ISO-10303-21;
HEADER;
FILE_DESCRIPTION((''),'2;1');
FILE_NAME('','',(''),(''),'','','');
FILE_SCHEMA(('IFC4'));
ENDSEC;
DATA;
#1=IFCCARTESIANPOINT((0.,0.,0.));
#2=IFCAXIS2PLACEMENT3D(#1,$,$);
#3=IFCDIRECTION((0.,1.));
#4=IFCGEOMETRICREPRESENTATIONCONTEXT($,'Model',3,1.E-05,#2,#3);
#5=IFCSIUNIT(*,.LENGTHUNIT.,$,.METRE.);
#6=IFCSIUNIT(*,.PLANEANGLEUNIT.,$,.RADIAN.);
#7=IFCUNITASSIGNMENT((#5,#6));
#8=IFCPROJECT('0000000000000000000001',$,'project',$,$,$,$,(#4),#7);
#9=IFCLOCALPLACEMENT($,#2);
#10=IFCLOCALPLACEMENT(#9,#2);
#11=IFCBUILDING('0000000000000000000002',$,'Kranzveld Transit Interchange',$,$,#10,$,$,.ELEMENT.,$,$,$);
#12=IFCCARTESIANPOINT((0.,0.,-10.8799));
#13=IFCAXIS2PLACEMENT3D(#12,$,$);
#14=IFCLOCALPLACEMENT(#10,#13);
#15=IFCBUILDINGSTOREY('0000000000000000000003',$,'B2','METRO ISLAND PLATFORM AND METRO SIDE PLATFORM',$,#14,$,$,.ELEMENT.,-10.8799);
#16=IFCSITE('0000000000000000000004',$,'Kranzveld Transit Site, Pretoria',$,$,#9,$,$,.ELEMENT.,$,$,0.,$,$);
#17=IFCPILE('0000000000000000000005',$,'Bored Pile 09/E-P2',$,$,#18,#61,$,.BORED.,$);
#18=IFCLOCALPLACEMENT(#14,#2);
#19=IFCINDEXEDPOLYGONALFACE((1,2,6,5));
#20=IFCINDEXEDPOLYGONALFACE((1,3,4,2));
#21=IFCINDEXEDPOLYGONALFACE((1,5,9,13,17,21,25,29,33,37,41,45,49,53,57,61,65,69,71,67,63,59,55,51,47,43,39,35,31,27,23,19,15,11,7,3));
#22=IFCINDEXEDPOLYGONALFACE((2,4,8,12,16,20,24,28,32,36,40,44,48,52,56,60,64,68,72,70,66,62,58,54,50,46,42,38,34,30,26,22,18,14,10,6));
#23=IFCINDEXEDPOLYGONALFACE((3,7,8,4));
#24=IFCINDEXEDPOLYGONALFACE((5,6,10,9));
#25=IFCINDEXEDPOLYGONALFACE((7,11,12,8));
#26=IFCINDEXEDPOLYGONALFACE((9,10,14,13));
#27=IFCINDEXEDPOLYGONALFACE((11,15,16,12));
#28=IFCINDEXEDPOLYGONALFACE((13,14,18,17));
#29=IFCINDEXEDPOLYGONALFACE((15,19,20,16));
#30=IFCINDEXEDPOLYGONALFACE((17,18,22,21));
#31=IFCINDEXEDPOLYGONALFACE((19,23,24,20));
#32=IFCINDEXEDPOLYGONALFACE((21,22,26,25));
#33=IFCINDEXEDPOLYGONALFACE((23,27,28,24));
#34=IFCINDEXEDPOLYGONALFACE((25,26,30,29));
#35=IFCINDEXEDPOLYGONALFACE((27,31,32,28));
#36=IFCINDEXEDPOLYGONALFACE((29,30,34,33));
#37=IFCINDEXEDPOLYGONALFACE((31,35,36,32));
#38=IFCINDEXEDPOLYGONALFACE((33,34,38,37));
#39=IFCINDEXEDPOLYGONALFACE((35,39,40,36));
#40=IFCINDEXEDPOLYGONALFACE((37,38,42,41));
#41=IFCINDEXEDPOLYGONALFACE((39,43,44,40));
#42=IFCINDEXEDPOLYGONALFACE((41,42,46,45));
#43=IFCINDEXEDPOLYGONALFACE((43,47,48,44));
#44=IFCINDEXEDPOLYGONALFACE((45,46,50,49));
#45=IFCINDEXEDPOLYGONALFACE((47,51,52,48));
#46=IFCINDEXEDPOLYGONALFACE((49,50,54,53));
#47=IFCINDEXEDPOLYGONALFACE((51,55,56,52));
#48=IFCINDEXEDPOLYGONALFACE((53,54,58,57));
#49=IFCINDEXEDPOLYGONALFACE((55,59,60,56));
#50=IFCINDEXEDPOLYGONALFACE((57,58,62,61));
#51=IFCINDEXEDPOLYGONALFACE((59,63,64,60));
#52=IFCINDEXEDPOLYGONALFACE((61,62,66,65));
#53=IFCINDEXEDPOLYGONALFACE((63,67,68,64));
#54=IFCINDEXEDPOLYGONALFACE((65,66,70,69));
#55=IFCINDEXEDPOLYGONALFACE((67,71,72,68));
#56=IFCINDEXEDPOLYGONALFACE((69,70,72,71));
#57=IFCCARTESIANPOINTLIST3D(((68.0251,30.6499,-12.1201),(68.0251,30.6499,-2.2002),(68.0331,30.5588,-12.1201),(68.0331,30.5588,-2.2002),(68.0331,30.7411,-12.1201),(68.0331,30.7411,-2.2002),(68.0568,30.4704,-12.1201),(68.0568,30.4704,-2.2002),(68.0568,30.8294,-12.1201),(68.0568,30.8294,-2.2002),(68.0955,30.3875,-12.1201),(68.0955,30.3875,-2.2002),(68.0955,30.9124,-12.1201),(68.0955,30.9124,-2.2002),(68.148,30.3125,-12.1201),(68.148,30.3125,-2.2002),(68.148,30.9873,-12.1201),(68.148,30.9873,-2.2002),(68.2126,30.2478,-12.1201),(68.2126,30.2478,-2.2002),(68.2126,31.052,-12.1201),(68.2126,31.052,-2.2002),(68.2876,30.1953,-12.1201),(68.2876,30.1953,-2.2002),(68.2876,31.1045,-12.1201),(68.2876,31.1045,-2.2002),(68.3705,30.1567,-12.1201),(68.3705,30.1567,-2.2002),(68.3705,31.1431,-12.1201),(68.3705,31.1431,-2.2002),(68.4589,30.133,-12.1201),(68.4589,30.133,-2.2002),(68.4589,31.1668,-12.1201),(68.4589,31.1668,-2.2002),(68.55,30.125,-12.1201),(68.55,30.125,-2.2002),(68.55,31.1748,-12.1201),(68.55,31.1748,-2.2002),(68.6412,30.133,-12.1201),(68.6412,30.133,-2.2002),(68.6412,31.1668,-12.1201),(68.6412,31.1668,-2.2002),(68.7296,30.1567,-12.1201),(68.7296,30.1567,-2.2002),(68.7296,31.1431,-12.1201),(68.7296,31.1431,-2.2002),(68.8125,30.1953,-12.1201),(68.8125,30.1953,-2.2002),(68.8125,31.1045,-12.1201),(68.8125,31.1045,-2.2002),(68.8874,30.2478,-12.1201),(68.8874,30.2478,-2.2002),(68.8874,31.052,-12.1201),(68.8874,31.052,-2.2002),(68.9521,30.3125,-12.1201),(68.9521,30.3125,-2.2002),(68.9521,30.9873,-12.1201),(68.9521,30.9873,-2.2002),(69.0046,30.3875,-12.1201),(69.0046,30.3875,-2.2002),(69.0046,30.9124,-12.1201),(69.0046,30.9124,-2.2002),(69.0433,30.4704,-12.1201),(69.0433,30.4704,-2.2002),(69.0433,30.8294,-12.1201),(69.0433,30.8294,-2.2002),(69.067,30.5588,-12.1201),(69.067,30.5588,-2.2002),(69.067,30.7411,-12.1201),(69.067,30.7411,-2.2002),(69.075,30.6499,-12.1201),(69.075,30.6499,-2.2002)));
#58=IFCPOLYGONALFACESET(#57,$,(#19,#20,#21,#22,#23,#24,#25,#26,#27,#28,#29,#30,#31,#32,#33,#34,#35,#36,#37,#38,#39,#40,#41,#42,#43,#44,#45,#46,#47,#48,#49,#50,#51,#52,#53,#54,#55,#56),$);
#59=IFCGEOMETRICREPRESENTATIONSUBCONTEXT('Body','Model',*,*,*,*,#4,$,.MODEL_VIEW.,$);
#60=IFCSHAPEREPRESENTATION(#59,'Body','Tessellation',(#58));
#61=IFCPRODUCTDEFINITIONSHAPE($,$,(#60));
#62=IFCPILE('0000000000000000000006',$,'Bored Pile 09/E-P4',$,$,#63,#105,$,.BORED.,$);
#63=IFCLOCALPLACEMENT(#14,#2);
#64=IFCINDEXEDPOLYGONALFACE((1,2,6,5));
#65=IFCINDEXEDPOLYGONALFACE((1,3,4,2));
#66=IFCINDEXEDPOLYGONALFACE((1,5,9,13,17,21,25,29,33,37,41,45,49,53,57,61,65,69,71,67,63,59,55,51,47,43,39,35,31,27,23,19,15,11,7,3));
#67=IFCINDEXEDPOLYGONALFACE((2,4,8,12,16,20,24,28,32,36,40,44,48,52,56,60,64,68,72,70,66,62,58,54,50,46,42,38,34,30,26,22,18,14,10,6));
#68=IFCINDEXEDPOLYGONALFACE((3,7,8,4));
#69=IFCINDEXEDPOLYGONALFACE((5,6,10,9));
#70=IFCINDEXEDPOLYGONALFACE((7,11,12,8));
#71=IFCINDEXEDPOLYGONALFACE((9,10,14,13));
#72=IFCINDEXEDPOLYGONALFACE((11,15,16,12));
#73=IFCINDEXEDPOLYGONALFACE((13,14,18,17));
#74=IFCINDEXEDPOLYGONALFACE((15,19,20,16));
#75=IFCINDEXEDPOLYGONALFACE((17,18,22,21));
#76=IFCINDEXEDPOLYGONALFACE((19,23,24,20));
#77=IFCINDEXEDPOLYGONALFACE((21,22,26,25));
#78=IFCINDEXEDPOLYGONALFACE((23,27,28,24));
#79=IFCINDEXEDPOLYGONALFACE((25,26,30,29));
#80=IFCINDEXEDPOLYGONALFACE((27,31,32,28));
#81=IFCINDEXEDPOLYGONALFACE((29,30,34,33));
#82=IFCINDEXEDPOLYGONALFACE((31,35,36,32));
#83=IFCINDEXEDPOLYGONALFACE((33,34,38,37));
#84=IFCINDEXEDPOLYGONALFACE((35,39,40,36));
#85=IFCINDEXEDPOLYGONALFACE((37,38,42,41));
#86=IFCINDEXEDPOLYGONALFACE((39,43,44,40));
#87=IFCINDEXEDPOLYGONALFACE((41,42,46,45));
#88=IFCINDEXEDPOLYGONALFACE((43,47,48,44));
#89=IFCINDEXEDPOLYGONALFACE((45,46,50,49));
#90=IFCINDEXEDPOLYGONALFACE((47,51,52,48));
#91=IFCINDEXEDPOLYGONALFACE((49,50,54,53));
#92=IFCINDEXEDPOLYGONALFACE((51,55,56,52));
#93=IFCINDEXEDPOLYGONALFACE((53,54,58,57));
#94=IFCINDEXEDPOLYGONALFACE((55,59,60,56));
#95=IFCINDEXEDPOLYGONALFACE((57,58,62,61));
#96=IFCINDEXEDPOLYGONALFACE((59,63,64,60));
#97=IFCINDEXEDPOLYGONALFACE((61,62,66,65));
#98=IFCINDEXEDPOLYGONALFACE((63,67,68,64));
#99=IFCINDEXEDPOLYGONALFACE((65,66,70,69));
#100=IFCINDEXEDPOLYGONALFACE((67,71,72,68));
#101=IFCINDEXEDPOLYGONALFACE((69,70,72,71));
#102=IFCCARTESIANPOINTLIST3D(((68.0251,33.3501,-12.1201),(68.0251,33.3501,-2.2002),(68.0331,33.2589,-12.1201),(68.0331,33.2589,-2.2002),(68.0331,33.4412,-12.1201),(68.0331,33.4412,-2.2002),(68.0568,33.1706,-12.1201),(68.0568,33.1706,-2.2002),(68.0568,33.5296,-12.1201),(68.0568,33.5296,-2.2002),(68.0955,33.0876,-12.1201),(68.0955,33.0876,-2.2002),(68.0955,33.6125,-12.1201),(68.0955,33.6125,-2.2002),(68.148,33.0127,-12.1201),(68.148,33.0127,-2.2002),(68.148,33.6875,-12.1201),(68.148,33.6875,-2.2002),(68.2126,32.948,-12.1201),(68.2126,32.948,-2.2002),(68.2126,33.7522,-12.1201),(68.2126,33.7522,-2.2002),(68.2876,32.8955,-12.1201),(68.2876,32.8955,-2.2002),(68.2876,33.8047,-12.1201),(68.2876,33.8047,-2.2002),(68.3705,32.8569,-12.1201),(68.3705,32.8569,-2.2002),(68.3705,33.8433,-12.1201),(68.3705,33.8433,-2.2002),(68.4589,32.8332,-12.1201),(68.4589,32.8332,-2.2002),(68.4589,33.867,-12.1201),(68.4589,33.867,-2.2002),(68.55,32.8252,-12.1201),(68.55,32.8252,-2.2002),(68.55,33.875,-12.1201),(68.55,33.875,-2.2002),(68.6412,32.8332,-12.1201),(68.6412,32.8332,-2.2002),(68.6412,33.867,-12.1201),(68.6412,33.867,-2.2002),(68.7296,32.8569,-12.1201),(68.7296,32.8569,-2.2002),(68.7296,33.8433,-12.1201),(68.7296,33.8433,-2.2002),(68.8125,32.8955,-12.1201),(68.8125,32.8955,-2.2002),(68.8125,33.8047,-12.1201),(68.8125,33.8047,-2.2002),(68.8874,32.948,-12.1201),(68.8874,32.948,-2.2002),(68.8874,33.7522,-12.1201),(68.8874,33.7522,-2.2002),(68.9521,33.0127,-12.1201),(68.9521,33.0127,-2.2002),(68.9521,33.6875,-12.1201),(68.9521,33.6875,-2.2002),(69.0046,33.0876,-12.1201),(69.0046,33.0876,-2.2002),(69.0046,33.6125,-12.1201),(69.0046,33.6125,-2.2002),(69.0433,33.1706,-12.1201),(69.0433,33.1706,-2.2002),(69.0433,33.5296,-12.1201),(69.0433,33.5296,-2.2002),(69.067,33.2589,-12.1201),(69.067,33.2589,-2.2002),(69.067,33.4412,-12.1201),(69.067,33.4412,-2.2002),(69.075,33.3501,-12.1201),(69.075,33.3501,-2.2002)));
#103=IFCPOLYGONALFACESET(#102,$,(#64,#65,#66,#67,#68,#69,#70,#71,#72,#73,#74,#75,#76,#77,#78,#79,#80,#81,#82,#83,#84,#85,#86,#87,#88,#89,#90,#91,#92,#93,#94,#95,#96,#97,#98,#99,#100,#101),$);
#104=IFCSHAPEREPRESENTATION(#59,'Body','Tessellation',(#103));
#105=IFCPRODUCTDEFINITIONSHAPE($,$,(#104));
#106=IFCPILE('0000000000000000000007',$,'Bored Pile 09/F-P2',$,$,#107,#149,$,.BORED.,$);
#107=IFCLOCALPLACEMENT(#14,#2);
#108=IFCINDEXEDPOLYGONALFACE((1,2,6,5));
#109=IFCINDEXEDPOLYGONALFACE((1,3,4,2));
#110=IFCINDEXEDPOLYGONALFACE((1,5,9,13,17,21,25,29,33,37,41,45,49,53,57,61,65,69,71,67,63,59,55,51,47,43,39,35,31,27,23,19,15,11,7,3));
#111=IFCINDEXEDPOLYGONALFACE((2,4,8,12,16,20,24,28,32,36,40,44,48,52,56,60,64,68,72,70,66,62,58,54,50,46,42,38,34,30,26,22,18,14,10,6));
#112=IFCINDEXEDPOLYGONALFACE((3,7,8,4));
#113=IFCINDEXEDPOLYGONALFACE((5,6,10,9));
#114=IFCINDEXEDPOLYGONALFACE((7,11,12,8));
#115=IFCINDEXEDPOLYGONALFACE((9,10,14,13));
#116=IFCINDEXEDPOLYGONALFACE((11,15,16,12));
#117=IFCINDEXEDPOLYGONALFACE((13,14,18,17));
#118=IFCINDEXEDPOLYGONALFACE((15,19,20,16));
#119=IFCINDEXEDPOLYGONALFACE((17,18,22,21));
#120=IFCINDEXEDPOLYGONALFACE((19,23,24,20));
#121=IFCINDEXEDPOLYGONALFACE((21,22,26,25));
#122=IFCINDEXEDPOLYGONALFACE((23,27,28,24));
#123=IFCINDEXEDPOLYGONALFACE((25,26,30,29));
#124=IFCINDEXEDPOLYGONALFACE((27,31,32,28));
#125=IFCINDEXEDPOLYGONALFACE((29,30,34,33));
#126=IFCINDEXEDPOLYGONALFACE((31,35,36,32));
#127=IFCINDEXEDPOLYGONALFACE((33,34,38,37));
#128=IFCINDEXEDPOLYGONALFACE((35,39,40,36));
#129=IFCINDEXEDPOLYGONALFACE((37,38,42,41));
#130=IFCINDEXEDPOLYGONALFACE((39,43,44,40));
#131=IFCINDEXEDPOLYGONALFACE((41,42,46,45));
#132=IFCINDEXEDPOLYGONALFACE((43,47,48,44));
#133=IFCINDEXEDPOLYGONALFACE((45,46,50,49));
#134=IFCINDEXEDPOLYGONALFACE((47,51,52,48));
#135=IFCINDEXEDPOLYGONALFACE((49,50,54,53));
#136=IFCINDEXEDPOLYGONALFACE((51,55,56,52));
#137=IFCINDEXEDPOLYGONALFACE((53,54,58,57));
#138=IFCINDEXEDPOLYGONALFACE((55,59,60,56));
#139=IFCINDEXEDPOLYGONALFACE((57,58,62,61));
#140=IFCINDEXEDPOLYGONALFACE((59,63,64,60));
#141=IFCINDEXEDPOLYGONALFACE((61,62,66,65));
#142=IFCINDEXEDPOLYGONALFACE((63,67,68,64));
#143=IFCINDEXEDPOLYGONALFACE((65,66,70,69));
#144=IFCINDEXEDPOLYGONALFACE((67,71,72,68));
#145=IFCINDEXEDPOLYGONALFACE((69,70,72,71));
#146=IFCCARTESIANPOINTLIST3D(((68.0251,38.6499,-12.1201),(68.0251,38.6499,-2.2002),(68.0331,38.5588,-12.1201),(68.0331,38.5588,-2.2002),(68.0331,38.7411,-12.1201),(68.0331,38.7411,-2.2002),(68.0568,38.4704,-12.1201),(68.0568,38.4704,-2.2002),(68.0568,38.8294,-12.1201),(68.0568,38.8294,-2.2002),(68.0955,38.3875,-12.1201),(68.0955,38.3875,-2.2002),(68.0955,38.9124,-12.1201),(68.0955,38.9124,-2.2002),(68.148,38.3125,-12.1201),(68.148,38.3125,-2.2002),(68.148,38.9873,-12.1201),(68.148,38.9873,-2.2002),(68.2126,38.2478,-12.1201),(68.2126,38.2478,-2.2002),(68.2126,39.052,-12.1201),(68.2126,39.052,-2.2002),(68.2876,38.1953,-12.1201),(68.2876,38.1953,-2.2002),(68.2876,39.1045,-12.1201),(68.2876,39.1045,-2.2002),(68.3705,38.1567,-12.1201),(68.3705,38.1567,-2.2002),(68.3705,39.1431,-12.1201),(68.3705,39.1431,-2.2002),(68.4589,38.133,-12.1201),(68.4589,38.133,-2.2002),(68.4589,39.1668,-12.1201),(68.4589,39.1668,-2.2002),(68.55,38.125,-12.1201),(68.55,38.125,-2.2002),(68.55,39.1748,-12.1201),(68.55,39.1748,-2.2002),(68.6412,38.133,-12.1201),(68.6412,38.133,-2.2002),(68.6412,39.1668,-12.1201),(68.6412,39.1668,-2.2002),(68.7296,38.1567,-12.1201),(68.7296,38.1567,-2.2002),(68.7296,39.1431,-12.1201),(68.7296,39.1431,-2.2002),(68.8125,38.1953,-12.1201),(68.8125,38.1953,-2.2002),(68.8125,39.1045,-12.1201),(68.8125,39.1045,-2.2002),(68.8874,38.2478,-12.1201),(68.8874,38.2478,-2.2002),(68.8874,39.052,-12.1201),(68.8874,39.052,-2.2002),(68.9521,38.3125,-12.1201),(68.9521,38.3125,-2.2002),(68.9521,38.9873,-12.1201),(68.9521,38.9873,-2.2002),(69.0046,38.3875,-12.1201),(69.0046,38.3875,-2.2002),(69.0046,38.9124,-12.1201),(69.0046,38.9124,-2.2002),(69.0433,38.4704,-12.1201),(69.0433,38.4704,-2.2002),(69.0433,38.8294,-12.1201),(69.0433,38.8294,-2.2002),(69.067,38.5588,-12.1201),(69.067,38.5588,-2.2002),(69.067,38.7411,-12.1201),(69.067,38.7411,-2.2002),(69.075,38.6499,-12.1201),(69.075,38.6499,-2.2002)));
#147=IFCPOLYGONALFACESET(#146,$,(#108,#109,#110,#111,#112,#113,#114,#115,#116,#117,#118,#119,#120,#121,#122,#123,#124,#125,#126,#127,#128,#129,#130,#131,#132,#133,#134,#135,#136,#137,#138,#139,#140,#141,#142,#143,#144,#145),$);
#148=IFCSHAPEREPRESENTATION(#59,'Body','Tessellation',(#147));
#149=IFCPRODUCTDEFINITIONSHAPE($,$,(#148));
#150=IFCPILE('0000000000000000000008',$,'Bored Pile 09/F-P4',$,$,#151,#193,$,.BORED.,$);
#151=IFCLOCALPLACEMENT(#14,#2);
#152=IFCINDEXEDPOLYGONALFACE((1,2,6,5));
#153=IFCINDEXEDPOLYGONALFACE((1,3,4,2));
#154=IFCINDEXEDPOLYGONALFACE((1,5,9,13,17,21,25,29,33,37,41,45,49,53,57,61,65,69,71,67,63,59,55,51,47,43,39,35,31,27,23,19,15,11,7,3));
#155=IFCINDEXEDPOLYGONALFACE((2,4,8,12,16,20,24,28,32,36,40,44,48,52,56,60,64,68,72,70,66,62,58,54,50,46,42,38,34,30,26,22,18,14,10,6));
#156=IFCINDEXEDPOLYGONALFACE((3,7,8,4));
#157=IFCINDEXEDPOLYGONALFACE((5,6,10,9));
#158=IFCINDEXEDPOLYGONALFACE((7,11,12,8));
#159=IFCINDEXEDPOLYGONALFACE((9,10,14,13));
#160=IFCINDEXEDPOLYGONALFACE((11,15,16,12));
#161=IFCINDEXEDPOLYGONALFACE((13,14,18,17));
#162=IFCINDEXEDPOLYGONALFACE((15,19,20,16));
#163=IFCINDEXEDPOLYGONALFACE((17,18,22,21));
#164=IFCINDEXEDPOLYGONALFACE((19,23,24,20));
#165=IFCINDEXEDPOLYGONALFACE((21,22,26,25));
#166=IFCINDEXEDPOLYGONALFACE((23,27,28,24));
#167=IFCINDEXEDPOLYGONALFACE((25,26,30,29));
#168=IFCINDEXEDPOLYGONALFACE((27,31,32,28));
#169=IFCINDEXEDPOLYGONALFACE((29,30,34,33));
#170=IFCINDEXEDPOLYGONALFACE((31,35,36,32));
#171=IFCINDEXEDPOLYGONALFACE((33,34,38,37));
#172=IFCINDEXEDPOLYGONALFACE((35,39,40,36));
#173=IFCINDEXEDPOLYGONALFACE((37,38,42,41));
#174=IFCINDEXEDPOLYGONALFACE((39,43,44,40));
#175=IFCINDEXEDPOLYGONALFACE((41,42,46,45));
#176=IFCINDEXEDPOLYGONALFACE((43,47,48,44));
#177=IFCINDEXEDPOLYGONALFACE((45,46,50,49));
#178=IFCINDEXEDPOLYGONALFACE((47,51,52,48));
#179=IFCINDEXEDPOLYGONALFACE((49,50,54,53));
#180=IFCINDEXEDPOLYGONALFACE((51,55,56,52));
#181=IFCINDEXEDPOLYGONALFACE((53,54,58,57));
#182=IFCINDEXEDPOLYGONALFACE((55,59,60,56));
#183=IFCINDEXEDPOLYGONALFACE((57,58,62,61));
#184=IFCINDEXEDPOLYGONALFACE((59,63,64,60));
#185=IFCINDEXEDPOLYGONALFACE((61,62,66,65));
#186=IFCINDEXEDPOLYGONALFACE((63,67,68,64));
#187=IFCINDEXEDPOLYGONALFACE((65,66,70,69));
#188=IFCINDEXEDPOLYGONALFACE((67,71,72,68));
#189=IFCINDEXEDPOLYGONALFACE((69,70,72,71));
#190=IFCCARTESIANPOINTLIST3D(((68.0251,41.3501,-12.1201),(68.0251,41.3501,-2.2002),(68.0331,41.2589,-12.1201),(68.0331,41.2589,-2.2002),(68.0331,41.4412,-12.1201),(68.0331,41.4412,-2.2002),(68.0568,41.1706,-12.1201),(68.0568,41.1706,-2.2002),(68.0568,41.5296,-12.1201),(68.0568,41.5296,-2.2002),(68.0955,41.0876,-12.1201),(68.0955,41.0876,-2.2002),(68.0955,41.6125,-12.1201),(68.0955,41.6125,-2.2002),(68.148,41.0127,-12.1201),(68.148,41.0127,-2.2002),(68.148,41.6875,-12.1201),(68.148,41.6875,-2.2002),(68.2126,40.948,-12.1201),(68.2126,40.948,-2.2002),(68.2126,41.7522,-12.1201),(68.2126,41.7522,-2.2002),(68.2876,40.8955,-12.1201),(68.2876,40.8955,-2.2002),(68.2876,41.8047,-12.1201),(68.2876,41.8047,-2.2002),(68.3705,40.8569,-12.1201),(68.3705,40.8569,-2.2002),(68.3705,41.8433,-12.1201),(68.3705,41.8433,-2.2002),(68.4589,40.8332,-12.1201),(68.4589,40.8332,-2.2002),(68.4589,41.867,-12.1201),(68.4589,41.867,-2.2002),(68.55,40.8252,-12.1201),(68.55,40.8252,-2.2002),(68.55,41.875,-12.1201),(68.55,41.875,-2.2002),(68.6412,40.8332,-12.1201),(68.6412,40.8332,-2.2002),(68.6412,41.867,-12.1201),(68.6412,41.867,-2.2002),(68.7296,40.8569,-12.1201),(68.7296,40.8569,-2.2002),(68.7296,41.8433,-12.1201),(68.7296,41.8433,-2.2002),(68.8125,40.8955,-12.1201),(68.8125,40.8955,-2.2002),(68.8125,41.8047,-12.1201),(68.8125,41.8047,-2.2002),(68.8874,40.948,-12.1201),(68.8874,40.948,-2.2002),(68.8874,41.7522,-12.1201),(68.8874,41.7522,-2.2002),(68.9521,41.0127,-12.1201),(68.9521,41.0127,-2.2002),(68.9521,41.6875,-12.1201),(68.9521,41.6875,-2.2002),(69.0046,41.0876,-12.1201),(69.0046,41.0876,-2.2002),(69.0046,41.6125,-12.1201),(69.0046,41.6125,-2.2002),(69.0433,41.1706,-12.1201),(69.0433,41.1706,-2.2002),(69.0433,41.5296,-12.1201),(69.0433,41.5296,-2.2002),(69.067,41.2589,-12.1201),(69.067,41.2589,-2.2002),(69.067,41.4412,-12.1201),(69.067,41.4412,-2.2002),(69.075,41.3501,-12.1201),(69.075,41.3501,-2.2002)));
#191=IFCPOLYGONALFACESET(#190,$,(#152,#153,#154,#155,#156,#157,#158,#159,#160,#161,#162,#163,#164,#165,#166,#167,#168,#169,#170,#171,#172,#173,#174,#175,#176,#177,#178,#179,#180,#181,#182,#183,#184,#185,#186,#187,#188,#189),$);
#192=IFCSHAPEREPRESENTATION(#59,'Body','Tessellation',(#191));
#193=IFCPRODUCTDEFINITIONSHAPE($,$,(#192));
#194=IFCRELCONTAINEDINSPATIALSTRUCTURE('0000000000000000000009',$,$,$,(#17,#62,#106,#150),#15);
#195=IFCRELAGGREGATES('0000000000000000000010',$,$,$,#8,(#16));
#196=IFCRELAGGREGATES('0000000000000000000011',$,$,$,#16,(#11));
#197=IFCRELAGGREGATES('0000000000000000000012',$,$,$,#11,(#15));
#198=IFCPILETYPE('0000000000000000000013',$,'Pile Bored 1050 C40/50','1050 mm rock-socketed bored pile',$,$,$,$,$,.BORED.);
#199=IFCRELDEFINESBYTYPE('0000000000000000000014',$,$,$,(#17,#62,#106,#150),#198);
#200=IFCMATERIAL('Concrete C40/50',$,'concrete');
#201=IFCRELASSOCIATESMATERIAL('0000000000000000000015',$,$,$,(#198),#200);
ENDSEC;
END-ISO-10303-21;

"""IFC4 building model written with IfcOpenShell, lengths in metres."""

from ifc_helpers import new_model, si_unit, direction, frame, origin, origin_2d, place, context, subcontext, project, spatial, circle, extrude, material, material_profile, profile_set, type_object, element, save


model = new_model("IFC4")

# Units and contexts
model_context = context("Model", 3, precision=1e-05, world=origin(), true_north=direction((0.0, 1.0)))
body_context = subcontext(model_context, "Body", "Model", "MODEL_VIEW")
ifc_project = project(units=[si_unit("LENGTHUNIT", "METRE"), si_unit("PLANEANGLEUNIT", "RADIAN")], contexts=[model_context])

# Site, building, storey
site_placement = place(None, origin())
site = spatial("IfcSite", under=ifc_project, at=site_placement, Name="Kranzveld Transit Site, Pretoria", CompositionType="ELEMENT", RefElevation=0.0)
building_placement = place(site_placement, origin())
building = spatial("IfcBuilding", under=site, at=building_placement, Name="Kranzveld Transit Interchange", CompositionType="ELEMENT")
storey_placement = place(building_placement, frame((0.0, 0.0, -10.8799)))
storey = spatial("IfcBuildingStorey", under=building, at=storey_placement, Name="B2", Description="METRO ISLAND PLATFORM AND METRO SIDE PLATFORM", CompositionType="ELEMENT", Elevation=-10.8799)

# Piles
ifc_material_1 = material(Name="Concrete C40/50", Category="concrete")
ifc_material_profile_1 = material_profile(ifc_material_1, circle(Radius=0.5249, at=origin_2d()), Name="BORED PILE 1050")
ifc_profile_set_1 = profile_set([ifc_material_profile_1], Name="Concrete C40/50")
pile_type = type_object("IfcPileType", Name="Pile Bored 1050 C40/50", Description="1050 mm rock-socketed bored pile", PredefinedType="BORED", material=ifc_profile_set_1)
for number, where, z_axis, x_axis, name in (
    (1, (68.55, 30.6499, -2.2002), (0.0, 0.0, -1.0), (1.0, 0.0, 0.0), "Bored Pile 09/E-P2"),
    (2, (68.55, 33.3501, -2.2002), (0.0, 0.0, -1.0), (1.0, 0.0, 0.0), "Bored Pile 09/E-P4"),
    (3, (68.55, 38.6499, -2.2002), (0.0, 0.0, -1.0), (1.0, 0.0, 0.0), "Bored Pile 09/F-P2"),
    (4, (68.55, 41.3501, -2.2002), (0.0, 0.0, -1.0), (1.0, 0.0, 0.0), "Bored Pile 09/F-P4"),
):
    element("IfcPile", number, at=place(storey_placement, frame(where, z_axis=z_axis, x_axis=x_axis)), inside=storey, type_object=pile_type, Name=name, PredefinedType="BORED", context=body_context, shape_type="SweptSolid", body=[
        extrude(circle(Radius=0.5249, at=origin_2d()), origin(), (0.0, 0.0, 1.0), 9.9199),
    ])

save(model, "model.ifc")
